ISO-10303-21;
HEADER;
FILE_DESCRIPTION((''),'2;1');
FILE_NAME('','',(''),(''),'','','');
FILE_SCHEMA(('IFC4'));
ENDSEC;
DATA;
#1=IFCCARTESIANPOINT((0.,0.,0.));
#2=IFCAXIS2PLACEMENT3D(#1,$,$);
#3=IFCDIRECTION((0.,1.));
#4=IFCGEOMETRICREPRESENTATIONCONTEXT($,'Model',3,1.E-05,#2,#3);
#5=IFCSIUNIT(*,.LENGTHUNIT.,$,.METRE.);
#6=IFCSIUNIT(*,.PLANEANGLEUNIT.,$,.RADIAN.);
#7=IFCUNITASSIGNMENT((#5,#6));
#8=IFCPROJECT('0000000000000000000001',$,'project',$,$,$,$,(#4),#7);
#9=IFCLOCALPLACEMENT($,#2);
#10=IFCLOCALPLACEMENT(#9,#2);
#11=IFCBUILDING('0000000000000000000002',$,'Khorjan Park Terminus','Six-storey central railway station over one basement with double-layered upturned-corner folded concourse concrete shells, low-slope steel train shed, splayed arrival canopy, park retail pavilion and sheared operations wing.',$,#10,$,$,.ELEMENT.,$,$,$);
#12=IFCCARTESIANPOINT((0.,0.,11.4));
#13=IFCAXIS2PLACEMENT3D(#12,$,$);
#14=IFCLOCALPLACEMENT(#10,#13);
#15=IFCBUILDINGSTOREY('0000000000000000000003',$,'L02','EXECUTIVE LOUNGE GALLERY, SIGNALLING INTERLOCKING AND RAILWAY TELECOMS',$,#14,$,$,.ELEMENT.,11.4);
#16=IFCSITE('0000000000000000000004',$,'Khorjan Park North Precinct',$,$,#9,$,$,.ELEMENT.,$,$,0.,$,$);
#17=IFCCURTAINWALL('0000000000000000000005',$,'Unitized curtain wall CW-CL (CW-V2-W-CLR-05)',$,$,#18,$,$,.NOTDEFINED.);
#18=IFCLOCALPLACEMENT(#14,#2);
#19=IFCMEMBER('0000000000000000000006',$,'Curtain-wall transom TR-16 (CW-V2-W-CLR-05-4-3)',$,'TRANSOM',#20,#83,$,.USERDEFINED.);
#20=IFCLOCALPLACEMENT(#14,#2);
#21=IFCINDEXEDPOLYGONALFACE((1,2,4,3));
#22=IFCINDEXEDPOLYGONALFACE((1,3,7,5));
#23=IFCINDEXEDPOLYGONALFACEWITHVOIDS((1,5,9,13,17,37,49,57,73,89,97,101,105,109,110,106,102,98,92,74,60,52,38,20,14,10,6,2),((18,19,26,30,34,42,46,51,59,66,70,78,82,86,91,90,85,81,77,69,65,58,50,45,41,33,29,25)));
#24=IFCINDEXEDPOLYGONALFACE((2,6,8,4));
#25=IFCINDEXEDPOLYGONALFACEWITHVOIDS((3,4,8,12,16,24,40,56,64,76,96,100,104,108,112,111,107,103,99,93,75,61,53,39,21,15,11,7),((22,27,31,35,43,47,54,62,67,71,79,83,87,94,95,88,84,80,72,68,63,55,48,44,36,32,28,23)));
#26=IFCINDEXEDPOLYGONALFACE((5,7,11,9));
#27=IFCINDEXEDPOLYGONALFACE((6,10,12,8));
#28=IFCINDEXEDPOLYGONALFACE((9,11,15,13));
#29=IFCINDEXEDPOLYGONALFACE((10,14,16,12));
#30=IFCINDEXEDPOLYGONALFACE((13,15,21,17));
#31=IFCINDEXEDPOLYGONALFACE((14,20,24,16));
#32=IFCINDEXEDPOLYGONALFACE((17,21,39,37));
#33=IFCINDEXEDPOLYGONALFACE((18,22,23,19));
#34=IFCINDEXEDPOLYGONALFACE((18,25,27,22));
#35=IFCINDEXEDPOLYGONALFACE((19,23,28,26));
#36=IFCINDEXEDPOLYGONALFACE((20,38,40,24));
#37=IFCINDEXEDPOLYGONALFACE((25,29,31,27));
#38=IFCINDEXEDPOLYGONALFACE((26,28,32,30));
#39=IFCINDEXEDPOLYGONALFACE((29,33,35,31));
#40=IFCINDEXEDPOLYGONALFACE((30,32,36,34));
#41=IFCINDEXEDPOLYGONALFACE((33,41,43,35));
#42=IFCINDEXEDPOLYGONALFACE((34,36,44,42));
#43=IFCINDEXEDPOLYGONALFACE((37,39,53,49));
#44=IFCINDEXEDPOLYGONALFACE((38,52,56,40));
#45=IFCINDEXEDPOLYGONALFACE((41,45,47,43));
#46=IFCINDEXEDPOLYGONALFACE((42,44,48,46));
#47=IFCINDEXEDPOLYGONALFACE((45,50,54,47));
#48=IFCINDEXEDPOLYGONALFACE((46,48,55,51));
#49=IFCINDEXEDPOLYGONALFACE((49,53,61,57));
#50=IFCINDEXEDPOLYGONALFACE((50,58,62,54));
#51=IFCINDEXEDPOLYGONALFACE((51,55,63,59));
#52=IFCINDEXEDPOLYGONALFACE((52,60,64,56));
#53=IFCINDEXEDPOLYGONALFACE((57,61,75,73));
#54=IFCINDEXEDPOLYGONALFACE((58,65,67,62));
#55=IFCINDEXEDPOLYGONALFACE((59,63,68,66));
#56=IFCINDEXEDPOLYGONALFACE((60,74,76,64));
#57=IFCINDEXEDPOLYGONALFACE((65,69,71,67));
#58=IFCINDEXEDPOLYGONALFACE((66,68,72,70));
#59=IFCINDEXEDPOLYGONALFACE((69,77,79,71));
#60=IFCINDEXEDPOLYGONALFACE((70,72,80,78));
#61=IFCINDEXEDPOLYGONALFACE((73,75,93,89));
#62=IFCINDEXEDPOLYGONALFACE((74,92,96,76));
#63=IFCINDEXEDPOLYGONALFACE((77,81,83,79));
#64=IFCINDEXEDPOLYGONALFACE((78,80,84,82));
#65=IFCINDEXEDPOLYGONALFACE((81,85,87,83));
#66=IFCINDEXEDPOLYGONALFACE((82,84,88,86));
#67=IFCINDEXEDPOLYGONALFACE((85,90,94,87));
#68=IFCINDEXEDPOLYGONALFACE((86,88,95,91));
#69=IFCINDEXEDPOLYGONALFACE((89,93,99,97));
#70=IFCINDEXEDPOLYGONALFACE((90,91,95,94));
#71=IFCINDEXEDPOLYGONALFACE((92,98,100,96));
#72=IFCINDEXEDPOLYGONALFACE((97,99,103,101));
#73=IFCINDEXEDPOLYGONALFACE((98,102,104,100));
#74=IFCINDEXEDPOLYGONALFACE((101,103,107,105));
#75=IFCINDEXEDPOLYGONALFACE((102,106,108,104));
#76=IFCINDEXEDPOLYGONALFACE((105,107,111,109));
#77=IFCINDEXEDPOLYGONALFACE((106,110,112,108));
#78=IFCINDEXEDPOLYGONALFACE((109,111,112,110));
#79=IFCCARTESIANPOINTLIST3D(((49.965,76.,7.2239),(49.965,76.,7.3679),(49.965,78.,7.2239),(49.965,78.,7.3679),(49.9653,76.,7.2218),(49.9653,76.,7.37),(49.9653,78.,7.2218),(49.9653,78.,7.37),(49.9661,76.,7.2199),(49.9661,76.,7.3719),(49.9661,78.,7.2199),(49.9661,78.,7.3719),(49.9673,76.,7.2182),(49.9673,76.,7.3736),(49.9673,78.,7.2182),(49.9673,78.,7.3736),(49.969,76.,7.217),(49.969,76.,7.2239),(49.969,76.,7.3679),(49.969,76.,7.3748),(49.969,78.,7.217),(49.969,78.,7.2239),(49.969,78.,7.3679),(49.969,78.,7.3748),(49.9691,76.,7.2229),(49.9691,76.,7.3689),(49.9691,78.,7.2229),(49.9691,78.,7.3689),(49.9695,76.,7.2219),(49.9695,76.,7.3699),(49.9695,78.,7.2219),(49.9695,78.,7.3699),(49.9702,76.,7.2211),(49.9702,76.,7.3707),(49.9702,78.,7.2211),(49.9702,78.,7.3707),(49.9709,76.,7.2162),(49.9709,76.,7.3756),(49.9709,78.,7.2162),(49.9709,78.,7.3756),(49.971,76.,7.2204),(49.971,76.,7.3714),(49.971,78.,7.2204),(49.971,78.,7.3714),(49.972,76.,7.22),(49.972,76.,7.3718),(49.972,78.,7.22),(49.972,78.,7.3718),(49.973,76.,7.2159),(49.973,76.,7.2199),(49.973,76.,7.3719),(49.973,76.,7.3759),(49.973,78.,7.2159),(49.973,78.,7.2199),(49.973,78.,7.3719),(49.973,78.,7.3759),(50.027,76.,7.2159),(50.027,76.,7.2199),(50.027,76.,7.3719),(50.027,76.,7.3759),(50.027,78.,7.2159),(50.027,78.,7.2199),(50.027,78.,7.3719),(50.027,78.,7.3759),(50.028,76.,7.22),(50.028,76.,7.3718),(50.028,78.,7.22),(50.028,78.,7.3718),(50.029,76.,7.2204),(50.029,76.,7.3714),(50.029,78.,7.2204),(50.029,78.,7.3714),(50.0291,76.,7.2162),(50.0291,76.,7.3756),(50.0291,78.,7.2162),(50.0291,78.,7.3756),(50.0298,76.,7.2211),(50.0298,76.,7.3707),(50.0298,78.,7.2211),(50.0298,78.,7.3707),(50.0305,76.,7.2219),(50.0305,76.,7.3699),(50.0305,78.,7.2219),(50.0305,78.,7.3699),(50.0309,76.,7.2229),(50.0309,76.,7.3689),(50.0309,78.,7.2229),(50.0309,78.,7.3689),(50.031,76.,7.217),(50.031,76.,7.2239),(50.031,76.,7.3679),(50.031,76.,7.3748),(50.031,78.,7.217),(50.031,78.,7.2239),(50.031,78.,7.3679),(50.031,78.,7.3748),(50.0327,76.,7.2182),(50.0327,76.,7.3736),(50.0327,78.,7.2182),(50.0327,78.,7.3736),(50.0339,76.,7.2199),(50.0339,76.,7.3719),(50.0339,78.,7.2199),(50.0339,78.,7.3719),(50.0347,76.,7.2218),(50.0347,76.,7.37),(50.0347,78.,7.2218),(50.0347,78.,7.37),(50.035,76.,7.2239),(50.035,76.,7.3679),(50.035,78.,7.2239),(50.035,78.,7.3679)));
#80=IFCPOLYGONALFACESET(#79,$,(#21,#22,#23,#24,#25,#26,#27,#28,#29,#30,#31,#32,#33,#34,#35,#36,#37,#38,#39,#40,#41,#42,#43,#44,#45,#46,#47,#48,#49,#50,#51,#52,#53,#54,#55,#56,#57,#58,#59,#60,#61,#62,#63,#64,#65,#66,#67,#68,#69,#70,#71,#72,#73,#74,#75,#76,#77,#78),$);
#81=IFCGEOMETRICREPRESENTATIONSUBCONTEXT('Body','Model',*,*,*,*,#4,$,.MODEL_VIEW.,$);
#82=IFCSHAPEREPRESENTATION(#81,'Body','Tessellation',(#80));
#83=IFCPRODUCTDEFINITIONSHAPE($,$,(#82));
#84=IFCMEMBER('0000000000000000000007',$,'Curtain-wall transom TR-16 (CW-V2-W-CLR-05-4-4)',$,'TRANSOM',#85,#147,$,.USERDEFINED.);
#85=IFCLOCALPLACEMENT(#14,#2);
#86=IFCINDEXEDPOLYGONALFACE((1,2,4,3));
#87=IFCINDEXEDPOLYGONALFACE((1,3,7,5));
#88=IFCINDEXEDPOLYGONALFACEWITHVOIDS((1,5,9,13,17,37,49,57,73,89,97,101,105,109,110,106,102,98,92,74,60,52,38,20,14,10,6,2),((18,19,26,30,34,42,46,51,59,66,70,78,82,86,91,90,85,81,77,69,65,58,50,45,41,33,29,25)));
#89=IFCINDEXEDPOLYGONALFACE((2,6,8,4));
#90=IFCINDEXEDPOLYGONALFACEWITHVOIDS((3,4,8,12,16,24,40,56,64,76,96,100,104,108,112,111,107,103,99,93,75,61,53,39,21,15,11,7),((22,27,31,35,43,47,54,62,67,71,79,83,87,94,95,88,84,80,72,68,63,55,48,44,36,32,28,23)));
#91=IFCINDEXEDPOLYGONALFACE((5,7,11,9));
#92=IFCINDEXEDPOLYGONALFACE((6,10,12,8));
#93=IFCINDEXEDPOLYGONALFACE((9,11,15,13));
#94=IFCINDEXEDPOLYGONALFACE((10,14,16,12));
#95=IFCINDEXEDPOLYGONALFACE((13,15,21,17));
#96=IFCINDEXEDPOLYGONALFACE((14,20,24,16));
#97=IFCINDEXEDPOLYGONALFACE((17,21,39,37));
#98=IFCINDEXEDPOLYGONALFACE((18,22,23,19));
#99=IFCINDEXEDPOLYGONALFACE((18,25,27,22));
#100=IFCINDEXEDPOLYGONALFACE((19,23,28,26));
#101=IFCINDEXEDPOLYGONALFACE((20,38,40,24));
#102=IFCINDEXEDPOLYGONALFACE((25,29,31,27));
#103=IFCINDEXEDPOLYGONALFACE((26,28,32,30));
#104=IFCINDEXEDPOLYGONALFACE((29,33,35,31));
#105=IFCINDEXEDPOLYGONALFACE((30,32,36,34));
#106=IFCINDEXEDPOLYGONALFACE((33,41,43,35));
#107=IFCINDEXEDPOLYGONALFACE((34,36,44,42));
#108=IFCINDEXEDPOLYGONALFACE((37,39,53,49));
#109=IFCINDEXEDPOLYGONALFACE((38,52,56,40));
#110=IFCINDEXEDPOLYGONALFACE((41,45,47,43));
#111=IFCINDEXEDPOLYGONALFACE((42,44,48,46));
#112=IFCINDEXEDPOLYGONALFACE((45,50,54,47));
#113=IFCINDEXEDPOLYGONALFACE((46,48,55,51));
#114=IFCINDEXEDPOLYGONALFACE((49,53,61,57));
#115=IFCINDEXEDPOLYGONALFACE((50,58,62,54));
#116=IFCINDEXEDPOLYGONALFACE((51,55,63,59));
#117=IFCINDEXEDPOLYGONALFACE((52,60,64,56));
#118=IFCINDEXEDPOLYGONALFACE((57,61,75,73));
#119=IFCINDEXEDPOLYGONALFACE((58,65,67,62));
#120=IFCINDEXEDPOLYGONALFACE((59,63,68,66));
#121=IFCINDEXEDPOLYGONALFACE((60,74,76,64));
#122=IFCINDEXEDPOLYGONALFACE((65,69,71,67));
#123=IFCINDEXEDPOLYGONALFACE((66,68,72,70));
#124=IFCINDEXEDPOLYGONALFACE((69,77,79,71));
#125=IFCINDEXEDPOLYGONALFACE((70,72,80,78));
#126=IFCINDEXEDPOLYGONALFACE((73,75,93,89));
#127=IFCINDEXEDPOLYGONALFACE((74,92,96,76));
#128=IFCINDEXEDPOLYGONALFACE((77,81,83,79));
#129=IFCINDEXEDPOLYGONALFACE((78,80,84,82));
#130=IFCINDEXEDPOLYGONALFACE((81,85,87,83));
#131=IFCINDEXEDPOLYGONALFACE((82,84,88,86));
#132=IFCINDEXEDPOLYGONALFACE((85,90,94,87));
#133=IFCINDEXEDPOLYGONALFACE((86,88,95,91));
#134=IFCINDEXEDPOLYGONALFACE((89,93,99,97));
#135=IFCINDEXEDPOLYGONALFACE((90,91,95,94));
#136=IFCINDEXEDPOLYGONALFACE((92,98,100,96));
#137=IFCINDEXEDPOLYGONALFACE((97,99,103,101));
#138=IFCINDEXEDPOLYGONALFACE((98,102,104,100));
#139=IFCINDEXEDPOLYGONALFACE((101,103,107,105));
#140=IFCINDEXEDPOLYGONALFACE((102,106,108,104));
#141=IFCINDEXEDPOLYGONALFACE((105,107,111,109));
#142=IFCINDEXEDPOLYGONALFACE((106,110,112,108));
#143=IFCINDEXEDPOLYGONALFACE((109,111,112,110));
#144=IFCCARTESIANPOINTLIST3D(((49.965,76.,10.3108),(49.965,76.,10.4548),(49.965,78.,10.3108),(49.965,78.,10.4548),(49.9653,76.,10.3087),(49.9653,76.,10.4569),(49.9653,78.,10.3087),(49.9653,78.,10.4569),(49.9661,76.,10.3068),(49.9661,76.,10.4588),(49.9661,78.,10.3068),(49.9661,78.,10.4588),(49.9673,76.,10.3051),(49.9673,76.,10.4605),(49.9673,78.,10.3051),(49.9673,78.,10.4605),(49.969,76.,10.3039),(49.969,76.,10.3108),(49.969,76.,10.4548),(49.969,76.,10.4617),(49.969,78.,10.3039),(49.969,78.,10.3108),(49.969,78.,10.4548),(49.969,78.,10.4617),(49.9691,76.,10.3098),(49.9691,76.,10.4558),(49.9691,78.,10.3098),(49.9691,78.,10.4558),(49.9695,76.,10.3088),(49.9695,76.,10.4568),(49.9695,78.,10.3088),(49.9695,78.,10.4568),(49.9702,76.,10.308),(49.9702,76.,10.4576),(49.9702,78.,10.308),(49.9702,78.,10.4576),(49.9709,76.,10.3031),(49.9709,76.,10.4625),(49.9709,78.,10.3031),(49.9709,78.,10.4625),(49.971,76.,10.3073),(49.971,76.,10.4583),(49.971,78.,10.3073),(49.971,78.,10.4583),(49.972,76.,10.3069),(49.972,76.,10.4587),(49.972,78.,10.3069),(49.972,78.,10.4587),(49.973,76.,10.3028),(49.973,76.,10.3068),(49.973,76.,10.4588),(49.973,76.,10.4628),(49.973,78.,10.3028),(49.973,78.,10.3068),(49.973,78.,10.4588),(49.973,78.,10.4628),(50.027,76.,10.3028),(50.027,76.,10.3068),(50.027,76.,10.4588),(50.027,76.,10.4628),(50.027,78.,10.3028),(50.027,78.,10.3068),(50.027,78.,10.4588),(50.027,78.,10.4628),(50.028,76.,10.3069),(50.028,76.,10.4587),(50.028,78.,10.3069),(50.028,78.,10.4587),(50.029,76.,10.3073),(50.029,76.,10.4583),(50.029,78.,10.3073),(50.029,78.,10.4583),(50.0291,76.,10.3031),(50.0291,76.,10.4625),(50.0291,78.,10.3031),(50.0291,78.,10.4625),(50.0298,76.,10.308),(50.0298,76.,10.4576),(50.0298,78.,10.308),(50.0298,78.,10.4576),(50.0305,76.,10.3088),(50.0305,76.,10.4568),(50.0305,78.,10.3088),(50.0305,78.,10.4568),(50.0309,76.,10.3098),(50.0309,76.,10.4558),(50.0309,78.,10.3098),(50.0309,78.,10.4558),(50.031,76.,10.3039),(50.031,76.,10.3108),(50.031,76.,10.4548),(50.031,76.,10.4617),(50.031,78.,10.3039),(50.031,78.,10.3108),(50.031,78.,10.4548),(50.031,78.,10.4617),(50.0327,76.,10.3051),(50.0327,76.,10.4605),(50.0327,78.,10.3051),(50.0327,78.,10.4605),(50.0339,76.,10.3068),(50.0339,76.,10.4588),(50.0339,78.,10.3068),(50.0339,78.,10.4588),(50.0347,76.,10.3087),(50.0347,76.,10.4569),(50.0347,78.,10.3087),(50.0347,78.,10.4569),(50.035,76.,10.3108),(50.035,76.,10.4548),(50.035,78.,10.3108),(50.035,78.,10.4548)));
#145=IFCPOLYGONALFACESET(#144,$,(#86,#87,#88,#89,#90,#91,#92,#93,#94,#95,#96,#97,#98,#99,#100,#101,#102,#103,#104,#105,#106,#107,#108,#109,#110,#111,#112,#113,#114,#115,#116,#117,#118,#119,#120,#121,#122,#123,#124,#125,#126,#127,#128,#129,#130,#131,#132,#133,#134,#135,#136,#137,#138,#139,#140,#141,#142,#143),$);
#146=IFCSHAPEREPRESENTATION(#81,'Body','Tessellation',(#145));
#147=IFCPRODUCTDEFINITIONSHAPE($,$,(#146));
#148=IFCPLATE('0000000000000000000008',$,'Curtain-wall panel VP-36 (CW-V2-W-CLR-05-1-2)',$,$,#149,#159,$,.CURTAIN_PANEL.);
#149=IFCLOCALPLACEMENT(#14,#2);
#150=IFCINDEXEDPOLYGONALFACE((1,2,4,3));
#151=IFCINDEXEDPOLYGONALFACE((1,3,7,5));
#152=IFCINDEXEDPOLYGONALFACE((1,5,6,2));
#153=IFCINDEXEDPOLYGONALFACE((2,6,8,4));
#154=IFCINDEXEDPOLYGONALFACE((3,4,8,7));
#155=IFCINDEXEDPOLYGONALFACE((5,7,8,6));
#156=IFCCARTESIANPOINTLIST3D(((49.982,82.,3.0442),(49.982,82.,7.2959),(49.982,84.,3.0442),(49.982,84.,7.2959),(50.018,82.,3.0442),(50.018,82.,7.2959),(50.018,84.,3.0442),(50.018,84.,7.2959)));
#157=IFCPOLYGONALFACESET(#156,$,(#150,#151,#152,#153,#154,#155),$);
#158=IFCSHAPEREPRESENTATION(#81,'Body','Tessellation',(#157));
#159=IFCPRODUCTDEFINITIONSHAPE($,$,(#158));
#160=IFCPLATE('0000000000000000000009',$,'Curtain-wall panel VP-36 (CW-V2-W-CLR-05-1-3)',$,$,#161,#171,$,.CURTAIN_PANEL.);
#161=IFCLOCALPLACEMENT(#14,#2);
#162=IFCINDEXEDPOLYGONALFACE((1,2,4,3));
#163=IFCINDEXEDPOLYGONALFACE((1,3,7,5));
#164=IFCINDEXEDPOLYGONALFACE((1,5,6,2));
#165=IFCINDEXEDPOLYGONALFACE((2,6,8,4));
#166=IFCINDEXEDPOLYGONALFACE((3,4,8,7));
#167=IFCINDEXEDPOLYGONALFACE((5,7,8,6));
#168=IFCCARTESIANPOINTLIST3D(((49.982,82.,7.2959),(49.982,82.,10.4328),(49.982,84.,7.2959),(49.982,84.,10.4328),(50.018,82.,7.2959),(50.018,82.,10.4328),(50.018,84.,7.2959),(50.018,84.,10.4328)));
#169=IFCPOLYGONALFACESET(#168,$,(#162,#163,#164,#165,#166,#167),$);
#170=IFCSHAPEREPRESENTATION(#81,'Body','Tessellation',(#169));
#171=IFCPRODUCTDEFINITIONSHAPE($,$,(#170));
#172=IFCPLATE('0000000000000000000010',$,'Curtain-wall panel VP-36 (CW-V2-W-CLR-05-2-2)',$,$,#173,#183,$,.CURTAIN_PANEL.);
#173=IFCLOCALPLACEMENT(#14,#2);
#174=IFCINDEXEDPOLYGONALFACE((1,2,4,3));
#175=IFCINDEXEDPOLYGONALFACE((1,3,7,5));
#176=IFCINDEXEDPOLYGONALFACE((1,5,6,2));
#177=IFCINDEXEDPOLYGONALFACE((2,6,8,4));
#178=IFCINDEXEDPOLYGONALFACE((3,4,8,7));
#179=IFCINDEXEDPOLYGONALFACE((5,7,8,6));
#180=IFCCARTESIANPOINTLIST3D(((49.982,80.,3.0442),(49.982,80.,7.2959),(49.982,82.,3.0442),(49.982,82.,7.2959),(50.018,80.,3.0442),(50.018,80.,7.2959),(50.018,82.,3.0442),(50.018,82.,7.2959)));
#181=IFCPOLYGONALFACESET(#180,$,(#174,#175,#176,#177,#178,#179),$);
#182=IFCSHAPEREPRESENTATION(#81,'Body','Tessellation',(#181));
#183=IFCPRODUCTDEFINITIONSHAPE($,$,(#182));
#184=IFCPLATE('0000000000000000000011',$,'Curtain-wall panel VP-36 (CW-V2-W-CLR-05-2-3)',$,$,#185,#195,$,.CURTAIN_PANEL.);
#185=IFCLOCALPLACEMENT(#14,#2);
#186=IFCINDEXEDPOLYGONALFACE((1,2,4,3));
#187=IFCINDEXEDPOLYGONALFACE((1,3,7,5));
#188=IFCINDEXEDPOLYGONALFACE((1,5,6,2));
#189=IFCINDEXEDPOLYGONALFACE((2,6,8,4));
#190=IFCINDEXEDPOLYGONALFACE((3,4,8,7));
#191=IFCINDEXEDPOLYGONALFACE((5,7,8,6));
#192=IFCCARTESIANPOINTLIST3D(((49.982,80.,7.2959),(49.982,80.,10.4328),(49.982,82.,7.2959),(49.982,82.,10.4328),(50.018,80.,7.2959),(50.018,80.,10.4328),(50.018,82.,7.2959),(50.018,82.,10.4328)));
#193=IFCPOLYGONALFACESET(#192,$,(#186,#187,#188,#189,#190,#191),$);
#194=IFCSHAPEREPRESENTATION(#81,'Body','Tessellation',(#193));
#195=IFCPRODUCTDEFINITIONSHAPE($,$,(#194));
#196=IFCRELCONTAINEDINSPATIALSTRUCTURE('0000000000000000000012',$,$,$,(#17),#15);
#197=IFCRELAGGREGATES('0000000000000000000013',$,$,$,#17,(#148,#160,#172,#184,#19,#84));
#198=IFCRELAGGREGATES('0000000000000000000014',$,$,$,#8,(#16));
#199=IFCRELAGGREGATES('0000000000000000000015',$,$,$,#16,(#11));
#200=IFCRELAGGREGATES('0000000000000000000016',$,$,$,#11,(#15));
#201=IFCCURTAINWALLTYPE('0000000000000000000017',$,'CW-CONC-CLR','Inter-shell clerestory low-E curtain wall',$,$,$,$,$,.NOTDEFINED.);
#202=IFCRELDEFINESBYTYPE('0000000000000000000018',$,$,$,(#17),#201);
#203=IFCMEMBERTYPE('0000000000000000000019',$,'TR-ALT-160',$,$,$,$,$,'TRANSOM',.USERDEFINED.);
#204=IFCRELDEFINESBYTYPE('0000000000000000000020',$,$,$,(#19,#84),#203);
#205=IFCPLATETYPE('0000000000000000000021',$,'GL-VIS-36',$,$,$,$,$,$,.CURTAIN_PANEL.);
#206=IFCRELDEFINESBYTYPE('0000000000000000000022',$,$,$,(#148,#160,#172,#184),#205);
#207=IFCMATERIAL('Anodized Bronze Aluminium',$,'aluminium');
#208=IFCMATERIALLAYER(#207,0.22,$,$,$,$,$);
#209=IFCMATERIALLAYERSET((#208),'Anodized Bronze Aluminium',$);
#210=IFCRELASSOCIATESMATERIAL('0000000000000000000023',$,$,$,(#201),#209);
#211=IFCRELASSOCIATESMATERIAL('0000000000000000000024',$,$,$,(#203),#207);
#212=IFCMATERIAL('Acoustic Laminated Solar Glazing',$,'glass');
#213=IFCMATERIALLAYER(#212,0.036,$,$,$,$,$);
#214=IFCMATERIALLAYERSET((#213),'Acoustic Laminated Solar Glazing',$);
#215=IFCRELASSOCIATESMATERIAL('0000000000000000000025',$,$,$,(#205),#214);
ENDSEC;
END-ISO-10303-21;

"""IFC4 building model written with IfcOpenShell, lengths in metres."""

from ifc_helpers import new_model, si_unit, direction, frame, origin, origin_2d, place, context, subcontext, project, spatial, rectangle, hollow_rectangle, extrude, material, layer, layer_set, material_profile, profile_set, type_object, element, aggregate, save


model = new_model("IFC4")

# Units and contexts
model_context = context("Model", 3, precision=1e-05, world=origin(), true_north=direction((0.0, 1.0)))
body_context = subcontext(model_context, "Body", "Model", "MODEL_VIEW")
ifc_project = project(units=[si_unit("LENGTHUNIT", "METRE"), si_unit("PLANEANGLEUNIT", "RADIAN")], contexts=[model_context])

# Site, building, storey
site_placement = place(None, origin())
site = spatial("IfcSite", under=ifc_project, at=site_placement, Name="Khorjan Park North Precinct", CompositionType="ELEMENT", RefElevation=0.0)
building_placement = place(site_placement, origin())
building = spatial("IfcBuilding", under=site, at=building_placement, Name="Khorjan Park Terminus", Description="Six-storey central railway station over one basement with double-layered upturned-corner folded concourse concrete shells, low-slope steel train shed, splayed arrival canopy, park retail pavilion and sheared operations wing.", CompositionType="ELEMENT")
storey_placement = place(building_placement, frame((0.0, 0.0, 11.4)))
storey = spatial("IfcBuildingStorey", under=building, at=storey_placement, Name="L02", Description="EXECUTIVE LOUNGE GALLERY, SIGNALLING INTERLOCKING AND RAILWAY TELECOMS", CompositionType="ELEMENT", Elevation=11.4)

# Curtain wall, members, plates
ifc_material_1 = material(Name="Anodized Bronze Aluminium", Category="aluminium")
ifc_layer_1 = layer(ifc_material_1, 0.22)
ifc_layer_set_1 = layer_set([ifc_layer_1], Name="Anodized Bronze Aluminium")
curtain_wall_type = type_object("IfcCurtainWallType", Name="CW-CONC-CLR", Description="Inter-shell clerestory low-E curtain wall", PredefinedType="NOTDEFINED", material=ifc_layer_set_1)
curtain_wall_placement = place(storey_placement, origin())
curtain_wall = element("IfcCurtainWall", 1, at=curtain_wall_placement, inside=storey, type_object=curtain_wall_type, Name="Unitized curtain wall CW-CL (CW-V2-W-CLR-05)", PredefinedType="NOTDEFINED")
ifc_material_profile_1 = material_profile(ifc_material_1, hollow_rectangle(XDim=0.07, YDim=0.16, WallThickness=0.004, InnerFilletRadius=0.004, OuterFilletRadius=0.008, at=origin_2d()), Name="ALT 70x160x4")
ifc_profile_set_1 = profile_set([ifc_material_profile_1], Name="Anodized Bronze Aluminium")
member_type_1 = type_object("IfcMemberType", Name="TR-ALT-160", ElementType="TRANSOM", PredefinedType="USERDEFINED", material=ifc_profile_set_1)
member_1_placement = place(storey_placement, frame((50.0, 78.0, 7.2959), z_axis=(0.0, -1.0, 0.0), x_axis=(1.0, 0.0, 0.0)))
member_1 = element("IfcMember", 2, at=member_1_placement, type_object=member_type_1, Name="Curtain-wall transom TR-16 (CW-V2-W-CLR-05-4-3)", ObjectType="TRANSOM", PredefinedType="USERDEFINED", context=body_context, shape_type="SweptSolid", body=[
    extrude(hollow_rectangle(XDim=0.07, YDim=0.16, WallThickness=0.004, InnerFilletRadius=0.004, OuterFilletRadius=0.008, at=origin_2d()), origin(), (0.0, 0.0, 1.0), 2.0),
])
member_2_placement = place(storey_placement, frame((50.0, 78.0, 10.3828), z_axis=(0.0, -1.0, 0.0), x_axis=(1.0, 0.0, 0.0)))
member_2 = element("IfcMember", 3, at=member_2_placement, type_object=member_type_1, Name="Curtain-wall transom TR-16 (CW-V2-W-CLR-05-4-4)", ObjectType="TRANSOM", PredefinedType="USERDEFINED", context=body_context, shape_type="SweptSolid", body=[
    extrude(hollow_rectangle(XDim=0.07, YDim=0.16, WallThickness=0.004, InnerFilletRadius=0.004, OuterFilletRadius=0.008, at=origin_2d()), origin(), (0.0, 0.0, 1.0), 2.0),
])
ifc_material_2 = material(Name="Acoustic Laminated Solar Glazing", Category="glass")
ifc_layer_2 = layer(ifc_material_2, 0.036)
ifc_layer_set_2 = layer_set([ifc_layer_2], Name="Acoustic Laminated Solar Glazing")
plate_type_1 = type_object("IfcPlateType", Name="GL-VIS-36", PredefinedType="CURTAIN_PANEL", material=ifc_layer_set_2)
plate_1_placement = place(storey_placement, frame((50.0, 83.0, 3.0442), z_axis=(0.0, 0.0, 1.0), x_axis=(0.0, -1.0, 0.0)))
plate_1 = element("IfcPlate", 4, at=plate_1_placement, type_object=plate_type_1, Name="Curtain-wall panel VP-36 (CW-V2-W-CLR-05-1-2)", PredefinedType="CURTAIN_PANEL", context=body_context, shape_type="SweptSolid", body=[
    extrude(rectangle(XDim=2.0, YDim=0.036, at=origin_2d()), origin(), (0.0, 0.0, 1.0), 4.2517),
])
plate_2_placement = place(storey_placement, frame((50.0, 83.0, 7.2959), z_axis=(0.0, 0.0, 1.0), x_axis=(0.0, -1.0, 0.0)))
plate_2 = element("IfcPlate", 5, at=plate_2_placement, type_object=plate_type_1, Name="Curtain-wall panel VP-36 (CW-V2-W-CLR-05-1-3)", PredefinedType="CURTAIN_PANEL", context=body_context, shape_type="SweptSolid", body=[
    extrude(rectangle(XDim=2.0, YDim=0.036, at=origin_2d()), origin(), (0.0, 0.0, 1.0), 3.1369),
])
plate_3_placement = place(storey_placement, frame((50.0, 81.0, 3.0442), z_axis=(0.0, 0.0, 1.0), x_axis=(0.0, -1.0, 0.0)))
plate_3 = element("IfcPlate", 6, at=plate_3_placement, type_object=plate_type_1, Name="Curtain-wall panel VP-36 (CW-V2-W-CLR-05-2-2)", PredefinedType="CURTAIN_PANEL", context=body_context, shape_type="SweptSolid", body=[
    extrude(rectangle(XDim=2.0, YDim=0.036, at=origin_2d()), origin(), (0.0, 0.0, 1.0), 4.2517),
])
plate_4_placement = place(storey_placement, frame((50.0, 81.0, 7.2959), z_axis=(0.0, 0.0, 1.0), x_axis=(0.0, -1.0, 0.0)))
plate_4 = element("IfcPlate", 7, at=plate_4_placement, type_object=plate_type_1, Name="Curtain-wall panel VP-36 (CW-V2-W-CLR-05-2-3)", PredefinedType="CURTAIN_PANEL", context=body_context, shape_type="SweptSolid", body=[
    extrude(rectangle(XDim=2.0, YDim=0.036, at=origin_2d()), origin(), (0.0, 0.0, 1.0), 3.1369),
])
aggregate(curtain_wall, [plate_1, plate_2, plate_3, plate_4, member_1, member_2])

save(model, "model.ifc")
